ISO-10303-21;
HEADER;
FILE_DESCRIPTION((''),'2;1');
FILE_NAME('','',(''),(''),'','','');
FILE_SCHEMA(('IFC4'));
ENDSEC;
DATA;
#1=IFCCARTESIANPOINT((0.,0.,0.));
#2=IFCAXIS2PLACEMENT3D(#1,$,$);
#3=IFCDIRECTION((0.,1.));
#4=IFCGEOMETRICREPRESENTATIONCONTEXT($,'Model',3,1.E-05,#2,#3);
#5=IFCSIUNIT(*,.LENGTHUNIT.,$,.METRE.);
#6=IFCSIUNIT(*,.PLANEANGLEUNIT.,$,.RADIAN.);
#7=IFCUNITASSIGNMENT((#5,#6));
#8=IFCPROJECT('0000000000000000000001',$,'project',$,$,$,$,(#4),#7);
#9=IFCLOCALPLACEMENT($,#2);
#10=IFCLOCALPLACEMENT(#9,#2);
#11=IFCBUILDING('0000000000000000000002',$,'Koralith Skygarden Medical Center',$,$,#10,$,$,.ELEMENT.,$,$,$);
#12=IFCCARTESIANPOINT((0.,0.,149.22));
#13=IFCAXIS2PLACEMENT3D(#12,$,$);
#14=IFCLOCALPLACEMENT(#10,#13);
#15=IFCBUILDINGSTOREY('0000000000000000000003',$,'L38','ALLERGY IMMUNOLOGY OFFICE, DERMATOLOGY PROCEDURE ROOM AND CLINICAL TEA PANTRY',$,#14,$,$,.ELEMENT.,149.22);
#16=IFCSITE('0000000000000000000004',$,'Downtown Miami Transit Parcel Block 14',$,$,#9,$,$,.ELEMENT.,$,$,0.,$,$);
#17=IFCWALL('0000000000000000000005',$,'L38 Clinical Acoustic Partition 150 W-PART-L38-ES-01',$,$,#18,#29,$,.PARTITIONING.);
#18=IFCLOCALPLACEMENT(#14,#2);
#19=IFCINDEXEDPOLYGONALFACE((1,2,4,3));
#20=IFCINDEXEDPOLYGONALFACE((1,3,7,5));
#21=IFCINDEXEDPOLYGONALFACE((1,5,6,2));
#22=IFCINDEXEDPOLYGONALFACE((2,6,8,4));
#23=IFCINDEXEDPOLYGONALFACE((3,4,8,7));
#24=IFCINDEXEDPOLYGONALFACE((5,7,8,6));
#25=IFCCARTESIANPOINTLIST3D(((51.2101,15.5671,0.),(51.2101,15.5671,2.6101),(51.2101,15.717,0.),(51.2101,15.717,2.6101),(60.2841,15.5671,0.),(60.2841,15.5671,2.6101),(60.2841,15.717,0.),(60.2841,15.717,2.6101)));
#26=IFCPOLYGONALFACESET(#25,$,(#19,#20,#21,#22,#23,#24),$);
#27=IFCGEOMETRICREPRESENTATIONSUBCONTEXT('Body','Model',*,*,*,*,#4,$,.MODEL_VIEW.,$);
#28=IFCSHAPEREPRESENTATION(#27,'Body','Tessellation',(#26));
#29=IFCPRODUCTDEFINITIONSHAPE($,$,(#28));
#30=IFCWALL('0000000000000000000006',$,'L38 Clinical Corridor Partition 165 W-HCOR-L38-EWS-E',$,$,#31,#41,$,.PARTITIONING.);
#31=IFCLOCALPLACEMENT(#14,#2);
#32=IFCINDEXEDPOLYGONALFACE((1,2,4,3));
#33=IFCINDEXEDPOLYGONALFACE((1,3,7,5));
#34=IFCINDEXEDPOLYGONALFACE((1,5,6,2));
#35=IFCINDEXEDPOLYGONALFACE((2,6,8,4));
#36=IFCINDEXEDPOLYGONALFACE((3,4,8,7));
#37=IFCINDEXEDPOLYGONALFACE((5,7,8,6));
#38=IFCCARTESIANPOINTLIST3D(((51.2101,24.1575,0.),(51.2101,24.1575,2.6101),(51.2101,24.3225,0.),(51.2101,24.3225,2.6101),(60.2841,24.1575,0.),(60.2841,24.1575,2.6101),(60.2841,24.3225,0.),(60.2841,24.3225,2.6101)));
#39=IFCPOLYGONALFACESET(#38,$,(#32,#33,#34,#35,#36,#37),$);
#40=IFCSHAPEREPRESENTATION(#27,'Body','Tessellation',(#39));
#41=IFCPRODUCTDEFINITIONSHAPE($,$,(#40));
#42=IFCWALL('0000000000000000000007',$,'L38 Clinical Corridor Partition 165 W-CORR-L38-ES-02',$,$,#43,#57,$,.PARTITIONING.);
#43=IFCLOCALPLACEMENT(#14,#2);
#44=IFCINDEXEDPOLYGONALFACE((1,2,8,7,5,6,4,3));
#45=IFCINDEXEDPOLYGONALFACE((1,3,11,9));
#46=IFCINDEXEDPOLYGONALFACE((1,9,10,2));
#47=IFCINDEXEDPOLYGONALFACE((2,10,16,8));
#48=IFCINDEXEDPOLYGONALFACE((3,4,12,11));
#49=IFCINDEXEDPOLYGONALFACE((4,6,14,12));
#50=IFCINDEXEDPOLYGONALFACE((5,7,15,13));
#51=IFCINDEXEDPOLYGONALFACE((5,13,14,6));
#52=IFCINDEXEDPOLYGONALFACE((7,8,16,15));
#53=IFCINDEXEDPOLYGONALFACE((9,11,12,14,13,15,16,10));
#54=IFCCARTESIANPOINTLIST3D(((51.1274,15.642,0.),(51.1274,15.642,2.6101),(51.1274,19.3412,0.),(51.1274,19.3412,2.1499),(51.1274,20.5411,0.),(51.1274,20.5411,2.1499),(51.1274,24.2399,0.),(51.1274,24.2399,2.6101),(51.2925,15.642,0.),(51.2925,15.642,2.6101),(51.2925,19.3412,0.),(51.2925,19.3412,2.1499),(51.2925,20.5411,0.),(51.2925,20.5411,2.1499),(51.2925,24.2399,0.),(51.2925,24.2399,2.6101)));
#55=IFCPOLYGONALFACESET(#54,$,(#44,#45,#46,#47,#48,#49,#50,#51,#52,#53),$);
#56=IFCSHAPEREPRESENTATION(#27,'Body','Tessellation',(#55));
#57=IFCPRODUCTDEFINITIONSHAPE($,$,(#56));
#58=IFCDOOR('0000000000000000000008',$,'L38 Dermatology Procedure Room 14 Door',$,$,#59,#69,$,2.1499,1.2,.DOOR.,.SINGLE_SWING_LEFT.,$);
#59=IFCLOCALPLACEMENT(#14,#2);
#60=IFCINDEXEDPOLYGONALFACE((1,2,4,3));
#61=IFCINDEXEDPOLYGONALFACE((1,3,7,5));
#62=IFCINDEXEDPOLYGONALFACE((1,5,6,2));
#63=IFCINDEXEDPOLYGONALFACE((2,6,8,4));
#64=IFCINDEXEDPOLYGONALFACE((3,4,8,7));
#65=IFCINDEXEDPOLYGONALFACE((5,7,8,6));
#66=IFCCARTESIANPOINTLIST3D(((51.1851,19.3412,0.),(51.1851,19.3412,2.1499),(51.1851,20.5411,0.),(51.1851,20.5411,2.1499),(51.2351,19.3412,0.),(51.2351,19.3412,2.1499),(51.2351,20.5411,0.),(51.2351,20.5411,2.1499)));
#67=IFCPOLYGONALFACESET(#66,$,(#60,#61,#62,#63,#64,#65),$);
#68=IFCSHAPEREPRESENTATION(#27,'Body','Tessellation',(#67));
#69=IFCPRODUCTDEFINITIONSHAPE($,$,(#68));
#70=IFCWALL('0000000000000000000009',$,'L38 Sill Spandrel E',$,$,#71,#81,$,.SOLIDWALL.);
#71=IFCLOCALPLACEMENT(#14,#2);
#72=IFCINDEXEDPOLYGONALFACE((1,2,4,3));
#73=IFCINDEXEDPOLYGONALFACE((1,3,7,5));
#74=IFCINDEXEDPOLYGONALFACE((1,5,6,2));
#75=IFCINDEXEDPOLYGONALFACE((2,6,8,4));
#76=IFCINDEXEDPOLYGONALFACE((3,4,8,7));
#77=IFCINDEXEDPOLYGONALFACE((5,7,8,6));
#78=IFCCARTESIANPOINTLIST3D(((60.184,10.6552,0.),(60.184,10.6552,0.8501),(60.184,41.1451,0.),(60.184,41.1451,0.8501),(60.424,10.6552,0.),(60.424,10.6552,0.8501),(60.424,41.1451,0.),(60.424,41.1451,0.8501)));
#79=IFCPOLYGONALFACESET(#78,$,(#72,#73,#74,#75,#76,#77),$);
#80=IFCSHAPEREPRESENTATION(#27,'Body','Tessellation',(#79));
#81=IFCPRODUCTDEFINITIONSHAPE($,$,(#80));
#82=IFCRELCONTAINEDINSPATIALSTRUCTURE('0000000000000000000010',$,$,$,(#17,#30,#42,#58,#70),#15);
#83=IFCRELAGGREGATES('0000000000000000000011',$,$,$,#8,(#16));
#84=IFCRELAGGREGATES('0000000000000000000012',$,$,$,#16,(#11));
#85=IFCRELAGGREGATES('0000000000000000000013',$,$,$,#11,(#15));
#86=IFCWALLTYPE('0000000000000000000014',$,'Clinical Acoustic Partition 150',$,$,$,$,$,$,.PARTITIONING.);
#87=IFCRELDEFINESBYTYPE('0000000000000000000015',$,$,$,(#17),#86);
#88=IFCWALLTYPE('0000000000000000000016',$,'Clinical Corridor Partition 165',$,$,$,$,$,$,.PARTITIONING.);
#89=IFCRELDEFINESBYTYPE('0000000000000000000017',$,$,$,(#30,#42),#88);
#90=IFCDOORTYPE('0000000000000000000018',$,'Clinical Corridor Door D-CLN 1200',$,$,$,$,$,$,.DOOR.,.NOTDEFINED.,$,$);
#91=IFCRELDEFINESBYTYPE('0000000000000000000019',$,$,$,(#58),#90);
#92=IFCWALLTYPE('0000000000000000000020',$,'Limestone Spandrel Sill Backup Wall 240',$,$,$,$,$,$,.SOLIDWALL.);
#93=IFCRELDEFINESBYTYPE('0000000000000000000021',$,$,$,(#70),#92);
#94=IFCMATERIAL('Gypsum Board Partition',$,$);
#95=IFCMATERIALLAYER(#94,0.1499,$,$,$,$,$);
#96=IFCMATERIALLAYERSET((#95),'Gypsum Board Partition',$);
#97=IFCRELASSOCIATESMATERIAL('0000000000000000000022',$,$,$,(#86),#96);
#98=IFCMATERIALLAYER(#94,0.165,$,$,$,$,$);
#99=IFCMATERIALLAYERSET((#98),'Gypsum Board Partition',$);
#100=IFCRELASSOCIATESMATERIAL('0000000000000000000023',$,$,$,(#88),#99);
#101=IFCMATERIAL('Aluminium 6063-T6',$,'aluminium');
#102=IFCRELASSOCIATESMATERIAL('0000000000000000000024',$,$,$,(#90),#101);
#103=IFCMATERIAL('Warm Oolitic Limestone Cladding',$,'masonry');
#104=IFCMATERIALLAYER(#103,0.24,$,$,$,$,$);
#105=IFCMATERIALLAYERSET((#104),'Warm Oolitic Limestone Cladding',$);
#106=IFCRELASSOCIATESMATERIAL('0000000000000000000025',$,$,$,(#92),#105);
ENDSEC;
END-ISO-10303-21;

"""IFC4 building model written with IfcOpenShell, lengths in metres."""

from ifc_helpers import new_model, si_unit, direction, frame, frame_2d, origin, place, context, subcontext, project, spatial, rectangle, extrude, material, layer, layer_set, type_object, element, fill, save


model = new_model("IFC4")

# Units and contexts
model_context = context("Model", 3, precision=1e-05, world=origin(), true_north=direction((0.0, 1.0)))
body_context = subcontext(model_context, "Body", "Model", "MODEL_VIEW")
ifc_project = project(units=[si_unit("LENGTHUNIT", "METRE"), si_unit("PLANEANGLEUNIT", "RADIAN")], contexts=[model_context])

# Site, building, storey
site_placement = place(None, origin())
site = spatial("IfcSite", under=ifc_project, at=site_placement, Name="Downtown Miami Transit Parcel Block 14", CompositionType="ELEMENT", RefElevation=0.0)
building_placement = place(site_placement, origin())
building = spatial("IfcBuilding", under=site, at=building_placement, Name="Koralith Skygarden Medical Center", CompositionType="ELEMENT")
storey_placement = place(building_placement, frame((0.0, 0.0, 149.22)))
storey = spatial("IfcBuildingStorey", under=building, at=storey_placement, Name="L38", Description="ALLERGY IMMUNOLOGY OFFICE, DERMATOLOGY PROCEDURE ROOM AND CLINICAL TEA PANTRY", CompositionType="ELEMENT", Elevation=149.22)

# Shared definitions
ifc_material_1 = material(Name="Aluminium 6063-T6", Category="aluminium")

# Shared definitions
ifc_material_2 = material(Name="Warm Oolitic Limestone Cladding", Category="masonry")

# Walls
ifc_material_3 = material(Name="Gypsum Board Partition")
ifc_layer_1 = layer(ifc_material_3, 0.1499)
ifc_layer_set_1 = layer_set([ifc_layer_1], Name="Gypsum Board Partition")
wall_type_1 = type_object("IfcWallType", Name="Clinical Acoustic Partition 150", PredefinedType="PARTITIONING", material=ifc_layer_set_1)
wall_1_placement = place(storey_placement, frame((51.21, 15.6421, 0.0), z_axis=(0.0, 0.0, 1.0), x_axis=(1.0, 0.0, 0.0)))
element("IfcWall", 1, at=wall_1_placement, inside=storey, type_object=wall_type_1, Name="L38 Clinical Acoustic Partition 150 W-PART-L38-ES-01", PredefinedType="PARTITIONING", context=body_context, shape_type="SweptSolid", body=[
    extrude(rectangle(XDim=9.074, YDim=0.1499, at=frame_2d((4.5371, 0.0))), origin(), (0.0, 0.0, 1.0), 2.6101),
])
ifc_layer_2 = layer(ifc_material_3, 0.165)
ifc_layer_set_2 = layer_set([ifc_layer_2], Name="Gypsum Board Partition")
wall_type_2 = type_object("IfcWallType", Name="Clinical Corridor Partition 165", PredefinedType="PARTITIONING", material=ifc_layer_set_2)
wall_2_placement = place(storey_placement, frame((51.21, 24.24, 0.0), z_axis=(0.0, 0.0, 1.0), x_axis=(1.0, 0.0, 0.0)))
element("IfcWall", 2, at=wall_2_placement, inside=storey, type_object=wall_type_2, Name="L38 Clinical Corridor Partition 165 W-HCOR-L38-EWS-E", PredefinedType="PARTITIONING", context=body_context, shape_type="SweptSolid", body=[
    extrude(rectangle(XDim=9.074, YDim=0.165, at=frame_2d((4.5371, 0.0))), origin(), (0.0, 0.0, 1.0), 2.6101),
])

# Wall, opening, door
wall_3_placement = place(storey_placement, frame((51.21, 15.6421, 0.0), z_axis=(0.0, 0.0, 1.0), x_axis=(0.0, 1.0, 0.0)))
wall_3 = element("IfcWall", 3, at=wall_3_placement, inside=storey, type_object=wall_type_2, Name="L38 Clinical Corridor Partition 165 W-CORR-L38-ES-02", PredefinedType="PARTITIONING", context=body_context, shape_type="SweptSolid", body=[
    extrude(rectangle(XDim=8.5979, YDim=0.165, at=frame_2d((4.2988, 0.0))), origin(), (0.0, 0.0, 1.0), 2.6101),
])
opening_1_placement = place(wall_3_placement, frame((3.699, 0.0, 0.0)))
opening_1 = element("IfcOpeningElement", 4, at=opening_1_placement, cuts=wall_3, PredefinedType="OPENING", context=body_context, shape_type="SweptSolid", body=[
    extrude(rectangle(XDim=1.2, YDim=2.1499, at=frame_2d((0.6001, 1.075))), frame((0.0, 0.0925, 0.0), z_axis=(0.0, -1.0, 0.0), x_axis=(1.0, 0.0, 0.0)), (0.0, 0.0, 1.0), 0.1851),
])
door_type_1 = type_object("IfcDoorType", Name="Clinical Corridor Door D-CLN 1200", OperationType="NOTDEFINED", PredefinedType="DOOR", material=ifc_material_1)
door_1_placement = place(opening_1_placement, origin())
door_1 = element("IfcDoor", 5, at=door_1_placement, inside=storey, type_object=door_type_1, Name="L38 Dermatology Procedure Room 14 Door", OperationType="SINGLE_SWING_LEFT", OverallHeight=2.1499, OverallWidth=1.2, PredefinedType="DOOR", context=body_context, shape_type="SweptSolid", body=[
    extrude(rectangle(XDim=1.2, YDim=2.1499, at=frame_2d((0.6001, 1.075))), frame((0.0, 0.0249, 0.0), z_axis=(0.0, -1.0, 0.0), x_axis=(1.0, 0.0, 0.0)), (0.0, 0.0, 1.0), 0.05),
])
fill(opening_1, door_1)

# Wall
ifc_layer_3 = layer(ifc_material_2, 0.24)
ifc_layer_set_3 = layer_set([ifc_layer_3], Name="Warm Oolitic Limestone Cladding")
wall_type_3 = type_object("IfcWallType", Name="Limestone Spandrel Sill Backup Wall 240", PredefinedType="SOLIDWALL", material=ifc_layer_set_3)
wall_4_placement = place(storey_placement, frame((60.304, 10.655, 0.0), z_axis=(0.0, 0.0, 1.0), x_axis=(0.0, 1.0, 0.0)))
element("IfcWall", 6, at=wall_4_placement, inside=storey, type_object=wall_type_3, Name="L38 Sill Spandrel E", PredefinedType="SOLIDWALL", context=body_context, shape_type="SweptSolid", body=[
    extrude(rectangle(XDim=30.49, YDim=0.24, at=frame_2d((15.2451, 0.0))), origin(), (0.0, 0.0, 1.0), 0.8501),
])

save(model, "model.ifc")
